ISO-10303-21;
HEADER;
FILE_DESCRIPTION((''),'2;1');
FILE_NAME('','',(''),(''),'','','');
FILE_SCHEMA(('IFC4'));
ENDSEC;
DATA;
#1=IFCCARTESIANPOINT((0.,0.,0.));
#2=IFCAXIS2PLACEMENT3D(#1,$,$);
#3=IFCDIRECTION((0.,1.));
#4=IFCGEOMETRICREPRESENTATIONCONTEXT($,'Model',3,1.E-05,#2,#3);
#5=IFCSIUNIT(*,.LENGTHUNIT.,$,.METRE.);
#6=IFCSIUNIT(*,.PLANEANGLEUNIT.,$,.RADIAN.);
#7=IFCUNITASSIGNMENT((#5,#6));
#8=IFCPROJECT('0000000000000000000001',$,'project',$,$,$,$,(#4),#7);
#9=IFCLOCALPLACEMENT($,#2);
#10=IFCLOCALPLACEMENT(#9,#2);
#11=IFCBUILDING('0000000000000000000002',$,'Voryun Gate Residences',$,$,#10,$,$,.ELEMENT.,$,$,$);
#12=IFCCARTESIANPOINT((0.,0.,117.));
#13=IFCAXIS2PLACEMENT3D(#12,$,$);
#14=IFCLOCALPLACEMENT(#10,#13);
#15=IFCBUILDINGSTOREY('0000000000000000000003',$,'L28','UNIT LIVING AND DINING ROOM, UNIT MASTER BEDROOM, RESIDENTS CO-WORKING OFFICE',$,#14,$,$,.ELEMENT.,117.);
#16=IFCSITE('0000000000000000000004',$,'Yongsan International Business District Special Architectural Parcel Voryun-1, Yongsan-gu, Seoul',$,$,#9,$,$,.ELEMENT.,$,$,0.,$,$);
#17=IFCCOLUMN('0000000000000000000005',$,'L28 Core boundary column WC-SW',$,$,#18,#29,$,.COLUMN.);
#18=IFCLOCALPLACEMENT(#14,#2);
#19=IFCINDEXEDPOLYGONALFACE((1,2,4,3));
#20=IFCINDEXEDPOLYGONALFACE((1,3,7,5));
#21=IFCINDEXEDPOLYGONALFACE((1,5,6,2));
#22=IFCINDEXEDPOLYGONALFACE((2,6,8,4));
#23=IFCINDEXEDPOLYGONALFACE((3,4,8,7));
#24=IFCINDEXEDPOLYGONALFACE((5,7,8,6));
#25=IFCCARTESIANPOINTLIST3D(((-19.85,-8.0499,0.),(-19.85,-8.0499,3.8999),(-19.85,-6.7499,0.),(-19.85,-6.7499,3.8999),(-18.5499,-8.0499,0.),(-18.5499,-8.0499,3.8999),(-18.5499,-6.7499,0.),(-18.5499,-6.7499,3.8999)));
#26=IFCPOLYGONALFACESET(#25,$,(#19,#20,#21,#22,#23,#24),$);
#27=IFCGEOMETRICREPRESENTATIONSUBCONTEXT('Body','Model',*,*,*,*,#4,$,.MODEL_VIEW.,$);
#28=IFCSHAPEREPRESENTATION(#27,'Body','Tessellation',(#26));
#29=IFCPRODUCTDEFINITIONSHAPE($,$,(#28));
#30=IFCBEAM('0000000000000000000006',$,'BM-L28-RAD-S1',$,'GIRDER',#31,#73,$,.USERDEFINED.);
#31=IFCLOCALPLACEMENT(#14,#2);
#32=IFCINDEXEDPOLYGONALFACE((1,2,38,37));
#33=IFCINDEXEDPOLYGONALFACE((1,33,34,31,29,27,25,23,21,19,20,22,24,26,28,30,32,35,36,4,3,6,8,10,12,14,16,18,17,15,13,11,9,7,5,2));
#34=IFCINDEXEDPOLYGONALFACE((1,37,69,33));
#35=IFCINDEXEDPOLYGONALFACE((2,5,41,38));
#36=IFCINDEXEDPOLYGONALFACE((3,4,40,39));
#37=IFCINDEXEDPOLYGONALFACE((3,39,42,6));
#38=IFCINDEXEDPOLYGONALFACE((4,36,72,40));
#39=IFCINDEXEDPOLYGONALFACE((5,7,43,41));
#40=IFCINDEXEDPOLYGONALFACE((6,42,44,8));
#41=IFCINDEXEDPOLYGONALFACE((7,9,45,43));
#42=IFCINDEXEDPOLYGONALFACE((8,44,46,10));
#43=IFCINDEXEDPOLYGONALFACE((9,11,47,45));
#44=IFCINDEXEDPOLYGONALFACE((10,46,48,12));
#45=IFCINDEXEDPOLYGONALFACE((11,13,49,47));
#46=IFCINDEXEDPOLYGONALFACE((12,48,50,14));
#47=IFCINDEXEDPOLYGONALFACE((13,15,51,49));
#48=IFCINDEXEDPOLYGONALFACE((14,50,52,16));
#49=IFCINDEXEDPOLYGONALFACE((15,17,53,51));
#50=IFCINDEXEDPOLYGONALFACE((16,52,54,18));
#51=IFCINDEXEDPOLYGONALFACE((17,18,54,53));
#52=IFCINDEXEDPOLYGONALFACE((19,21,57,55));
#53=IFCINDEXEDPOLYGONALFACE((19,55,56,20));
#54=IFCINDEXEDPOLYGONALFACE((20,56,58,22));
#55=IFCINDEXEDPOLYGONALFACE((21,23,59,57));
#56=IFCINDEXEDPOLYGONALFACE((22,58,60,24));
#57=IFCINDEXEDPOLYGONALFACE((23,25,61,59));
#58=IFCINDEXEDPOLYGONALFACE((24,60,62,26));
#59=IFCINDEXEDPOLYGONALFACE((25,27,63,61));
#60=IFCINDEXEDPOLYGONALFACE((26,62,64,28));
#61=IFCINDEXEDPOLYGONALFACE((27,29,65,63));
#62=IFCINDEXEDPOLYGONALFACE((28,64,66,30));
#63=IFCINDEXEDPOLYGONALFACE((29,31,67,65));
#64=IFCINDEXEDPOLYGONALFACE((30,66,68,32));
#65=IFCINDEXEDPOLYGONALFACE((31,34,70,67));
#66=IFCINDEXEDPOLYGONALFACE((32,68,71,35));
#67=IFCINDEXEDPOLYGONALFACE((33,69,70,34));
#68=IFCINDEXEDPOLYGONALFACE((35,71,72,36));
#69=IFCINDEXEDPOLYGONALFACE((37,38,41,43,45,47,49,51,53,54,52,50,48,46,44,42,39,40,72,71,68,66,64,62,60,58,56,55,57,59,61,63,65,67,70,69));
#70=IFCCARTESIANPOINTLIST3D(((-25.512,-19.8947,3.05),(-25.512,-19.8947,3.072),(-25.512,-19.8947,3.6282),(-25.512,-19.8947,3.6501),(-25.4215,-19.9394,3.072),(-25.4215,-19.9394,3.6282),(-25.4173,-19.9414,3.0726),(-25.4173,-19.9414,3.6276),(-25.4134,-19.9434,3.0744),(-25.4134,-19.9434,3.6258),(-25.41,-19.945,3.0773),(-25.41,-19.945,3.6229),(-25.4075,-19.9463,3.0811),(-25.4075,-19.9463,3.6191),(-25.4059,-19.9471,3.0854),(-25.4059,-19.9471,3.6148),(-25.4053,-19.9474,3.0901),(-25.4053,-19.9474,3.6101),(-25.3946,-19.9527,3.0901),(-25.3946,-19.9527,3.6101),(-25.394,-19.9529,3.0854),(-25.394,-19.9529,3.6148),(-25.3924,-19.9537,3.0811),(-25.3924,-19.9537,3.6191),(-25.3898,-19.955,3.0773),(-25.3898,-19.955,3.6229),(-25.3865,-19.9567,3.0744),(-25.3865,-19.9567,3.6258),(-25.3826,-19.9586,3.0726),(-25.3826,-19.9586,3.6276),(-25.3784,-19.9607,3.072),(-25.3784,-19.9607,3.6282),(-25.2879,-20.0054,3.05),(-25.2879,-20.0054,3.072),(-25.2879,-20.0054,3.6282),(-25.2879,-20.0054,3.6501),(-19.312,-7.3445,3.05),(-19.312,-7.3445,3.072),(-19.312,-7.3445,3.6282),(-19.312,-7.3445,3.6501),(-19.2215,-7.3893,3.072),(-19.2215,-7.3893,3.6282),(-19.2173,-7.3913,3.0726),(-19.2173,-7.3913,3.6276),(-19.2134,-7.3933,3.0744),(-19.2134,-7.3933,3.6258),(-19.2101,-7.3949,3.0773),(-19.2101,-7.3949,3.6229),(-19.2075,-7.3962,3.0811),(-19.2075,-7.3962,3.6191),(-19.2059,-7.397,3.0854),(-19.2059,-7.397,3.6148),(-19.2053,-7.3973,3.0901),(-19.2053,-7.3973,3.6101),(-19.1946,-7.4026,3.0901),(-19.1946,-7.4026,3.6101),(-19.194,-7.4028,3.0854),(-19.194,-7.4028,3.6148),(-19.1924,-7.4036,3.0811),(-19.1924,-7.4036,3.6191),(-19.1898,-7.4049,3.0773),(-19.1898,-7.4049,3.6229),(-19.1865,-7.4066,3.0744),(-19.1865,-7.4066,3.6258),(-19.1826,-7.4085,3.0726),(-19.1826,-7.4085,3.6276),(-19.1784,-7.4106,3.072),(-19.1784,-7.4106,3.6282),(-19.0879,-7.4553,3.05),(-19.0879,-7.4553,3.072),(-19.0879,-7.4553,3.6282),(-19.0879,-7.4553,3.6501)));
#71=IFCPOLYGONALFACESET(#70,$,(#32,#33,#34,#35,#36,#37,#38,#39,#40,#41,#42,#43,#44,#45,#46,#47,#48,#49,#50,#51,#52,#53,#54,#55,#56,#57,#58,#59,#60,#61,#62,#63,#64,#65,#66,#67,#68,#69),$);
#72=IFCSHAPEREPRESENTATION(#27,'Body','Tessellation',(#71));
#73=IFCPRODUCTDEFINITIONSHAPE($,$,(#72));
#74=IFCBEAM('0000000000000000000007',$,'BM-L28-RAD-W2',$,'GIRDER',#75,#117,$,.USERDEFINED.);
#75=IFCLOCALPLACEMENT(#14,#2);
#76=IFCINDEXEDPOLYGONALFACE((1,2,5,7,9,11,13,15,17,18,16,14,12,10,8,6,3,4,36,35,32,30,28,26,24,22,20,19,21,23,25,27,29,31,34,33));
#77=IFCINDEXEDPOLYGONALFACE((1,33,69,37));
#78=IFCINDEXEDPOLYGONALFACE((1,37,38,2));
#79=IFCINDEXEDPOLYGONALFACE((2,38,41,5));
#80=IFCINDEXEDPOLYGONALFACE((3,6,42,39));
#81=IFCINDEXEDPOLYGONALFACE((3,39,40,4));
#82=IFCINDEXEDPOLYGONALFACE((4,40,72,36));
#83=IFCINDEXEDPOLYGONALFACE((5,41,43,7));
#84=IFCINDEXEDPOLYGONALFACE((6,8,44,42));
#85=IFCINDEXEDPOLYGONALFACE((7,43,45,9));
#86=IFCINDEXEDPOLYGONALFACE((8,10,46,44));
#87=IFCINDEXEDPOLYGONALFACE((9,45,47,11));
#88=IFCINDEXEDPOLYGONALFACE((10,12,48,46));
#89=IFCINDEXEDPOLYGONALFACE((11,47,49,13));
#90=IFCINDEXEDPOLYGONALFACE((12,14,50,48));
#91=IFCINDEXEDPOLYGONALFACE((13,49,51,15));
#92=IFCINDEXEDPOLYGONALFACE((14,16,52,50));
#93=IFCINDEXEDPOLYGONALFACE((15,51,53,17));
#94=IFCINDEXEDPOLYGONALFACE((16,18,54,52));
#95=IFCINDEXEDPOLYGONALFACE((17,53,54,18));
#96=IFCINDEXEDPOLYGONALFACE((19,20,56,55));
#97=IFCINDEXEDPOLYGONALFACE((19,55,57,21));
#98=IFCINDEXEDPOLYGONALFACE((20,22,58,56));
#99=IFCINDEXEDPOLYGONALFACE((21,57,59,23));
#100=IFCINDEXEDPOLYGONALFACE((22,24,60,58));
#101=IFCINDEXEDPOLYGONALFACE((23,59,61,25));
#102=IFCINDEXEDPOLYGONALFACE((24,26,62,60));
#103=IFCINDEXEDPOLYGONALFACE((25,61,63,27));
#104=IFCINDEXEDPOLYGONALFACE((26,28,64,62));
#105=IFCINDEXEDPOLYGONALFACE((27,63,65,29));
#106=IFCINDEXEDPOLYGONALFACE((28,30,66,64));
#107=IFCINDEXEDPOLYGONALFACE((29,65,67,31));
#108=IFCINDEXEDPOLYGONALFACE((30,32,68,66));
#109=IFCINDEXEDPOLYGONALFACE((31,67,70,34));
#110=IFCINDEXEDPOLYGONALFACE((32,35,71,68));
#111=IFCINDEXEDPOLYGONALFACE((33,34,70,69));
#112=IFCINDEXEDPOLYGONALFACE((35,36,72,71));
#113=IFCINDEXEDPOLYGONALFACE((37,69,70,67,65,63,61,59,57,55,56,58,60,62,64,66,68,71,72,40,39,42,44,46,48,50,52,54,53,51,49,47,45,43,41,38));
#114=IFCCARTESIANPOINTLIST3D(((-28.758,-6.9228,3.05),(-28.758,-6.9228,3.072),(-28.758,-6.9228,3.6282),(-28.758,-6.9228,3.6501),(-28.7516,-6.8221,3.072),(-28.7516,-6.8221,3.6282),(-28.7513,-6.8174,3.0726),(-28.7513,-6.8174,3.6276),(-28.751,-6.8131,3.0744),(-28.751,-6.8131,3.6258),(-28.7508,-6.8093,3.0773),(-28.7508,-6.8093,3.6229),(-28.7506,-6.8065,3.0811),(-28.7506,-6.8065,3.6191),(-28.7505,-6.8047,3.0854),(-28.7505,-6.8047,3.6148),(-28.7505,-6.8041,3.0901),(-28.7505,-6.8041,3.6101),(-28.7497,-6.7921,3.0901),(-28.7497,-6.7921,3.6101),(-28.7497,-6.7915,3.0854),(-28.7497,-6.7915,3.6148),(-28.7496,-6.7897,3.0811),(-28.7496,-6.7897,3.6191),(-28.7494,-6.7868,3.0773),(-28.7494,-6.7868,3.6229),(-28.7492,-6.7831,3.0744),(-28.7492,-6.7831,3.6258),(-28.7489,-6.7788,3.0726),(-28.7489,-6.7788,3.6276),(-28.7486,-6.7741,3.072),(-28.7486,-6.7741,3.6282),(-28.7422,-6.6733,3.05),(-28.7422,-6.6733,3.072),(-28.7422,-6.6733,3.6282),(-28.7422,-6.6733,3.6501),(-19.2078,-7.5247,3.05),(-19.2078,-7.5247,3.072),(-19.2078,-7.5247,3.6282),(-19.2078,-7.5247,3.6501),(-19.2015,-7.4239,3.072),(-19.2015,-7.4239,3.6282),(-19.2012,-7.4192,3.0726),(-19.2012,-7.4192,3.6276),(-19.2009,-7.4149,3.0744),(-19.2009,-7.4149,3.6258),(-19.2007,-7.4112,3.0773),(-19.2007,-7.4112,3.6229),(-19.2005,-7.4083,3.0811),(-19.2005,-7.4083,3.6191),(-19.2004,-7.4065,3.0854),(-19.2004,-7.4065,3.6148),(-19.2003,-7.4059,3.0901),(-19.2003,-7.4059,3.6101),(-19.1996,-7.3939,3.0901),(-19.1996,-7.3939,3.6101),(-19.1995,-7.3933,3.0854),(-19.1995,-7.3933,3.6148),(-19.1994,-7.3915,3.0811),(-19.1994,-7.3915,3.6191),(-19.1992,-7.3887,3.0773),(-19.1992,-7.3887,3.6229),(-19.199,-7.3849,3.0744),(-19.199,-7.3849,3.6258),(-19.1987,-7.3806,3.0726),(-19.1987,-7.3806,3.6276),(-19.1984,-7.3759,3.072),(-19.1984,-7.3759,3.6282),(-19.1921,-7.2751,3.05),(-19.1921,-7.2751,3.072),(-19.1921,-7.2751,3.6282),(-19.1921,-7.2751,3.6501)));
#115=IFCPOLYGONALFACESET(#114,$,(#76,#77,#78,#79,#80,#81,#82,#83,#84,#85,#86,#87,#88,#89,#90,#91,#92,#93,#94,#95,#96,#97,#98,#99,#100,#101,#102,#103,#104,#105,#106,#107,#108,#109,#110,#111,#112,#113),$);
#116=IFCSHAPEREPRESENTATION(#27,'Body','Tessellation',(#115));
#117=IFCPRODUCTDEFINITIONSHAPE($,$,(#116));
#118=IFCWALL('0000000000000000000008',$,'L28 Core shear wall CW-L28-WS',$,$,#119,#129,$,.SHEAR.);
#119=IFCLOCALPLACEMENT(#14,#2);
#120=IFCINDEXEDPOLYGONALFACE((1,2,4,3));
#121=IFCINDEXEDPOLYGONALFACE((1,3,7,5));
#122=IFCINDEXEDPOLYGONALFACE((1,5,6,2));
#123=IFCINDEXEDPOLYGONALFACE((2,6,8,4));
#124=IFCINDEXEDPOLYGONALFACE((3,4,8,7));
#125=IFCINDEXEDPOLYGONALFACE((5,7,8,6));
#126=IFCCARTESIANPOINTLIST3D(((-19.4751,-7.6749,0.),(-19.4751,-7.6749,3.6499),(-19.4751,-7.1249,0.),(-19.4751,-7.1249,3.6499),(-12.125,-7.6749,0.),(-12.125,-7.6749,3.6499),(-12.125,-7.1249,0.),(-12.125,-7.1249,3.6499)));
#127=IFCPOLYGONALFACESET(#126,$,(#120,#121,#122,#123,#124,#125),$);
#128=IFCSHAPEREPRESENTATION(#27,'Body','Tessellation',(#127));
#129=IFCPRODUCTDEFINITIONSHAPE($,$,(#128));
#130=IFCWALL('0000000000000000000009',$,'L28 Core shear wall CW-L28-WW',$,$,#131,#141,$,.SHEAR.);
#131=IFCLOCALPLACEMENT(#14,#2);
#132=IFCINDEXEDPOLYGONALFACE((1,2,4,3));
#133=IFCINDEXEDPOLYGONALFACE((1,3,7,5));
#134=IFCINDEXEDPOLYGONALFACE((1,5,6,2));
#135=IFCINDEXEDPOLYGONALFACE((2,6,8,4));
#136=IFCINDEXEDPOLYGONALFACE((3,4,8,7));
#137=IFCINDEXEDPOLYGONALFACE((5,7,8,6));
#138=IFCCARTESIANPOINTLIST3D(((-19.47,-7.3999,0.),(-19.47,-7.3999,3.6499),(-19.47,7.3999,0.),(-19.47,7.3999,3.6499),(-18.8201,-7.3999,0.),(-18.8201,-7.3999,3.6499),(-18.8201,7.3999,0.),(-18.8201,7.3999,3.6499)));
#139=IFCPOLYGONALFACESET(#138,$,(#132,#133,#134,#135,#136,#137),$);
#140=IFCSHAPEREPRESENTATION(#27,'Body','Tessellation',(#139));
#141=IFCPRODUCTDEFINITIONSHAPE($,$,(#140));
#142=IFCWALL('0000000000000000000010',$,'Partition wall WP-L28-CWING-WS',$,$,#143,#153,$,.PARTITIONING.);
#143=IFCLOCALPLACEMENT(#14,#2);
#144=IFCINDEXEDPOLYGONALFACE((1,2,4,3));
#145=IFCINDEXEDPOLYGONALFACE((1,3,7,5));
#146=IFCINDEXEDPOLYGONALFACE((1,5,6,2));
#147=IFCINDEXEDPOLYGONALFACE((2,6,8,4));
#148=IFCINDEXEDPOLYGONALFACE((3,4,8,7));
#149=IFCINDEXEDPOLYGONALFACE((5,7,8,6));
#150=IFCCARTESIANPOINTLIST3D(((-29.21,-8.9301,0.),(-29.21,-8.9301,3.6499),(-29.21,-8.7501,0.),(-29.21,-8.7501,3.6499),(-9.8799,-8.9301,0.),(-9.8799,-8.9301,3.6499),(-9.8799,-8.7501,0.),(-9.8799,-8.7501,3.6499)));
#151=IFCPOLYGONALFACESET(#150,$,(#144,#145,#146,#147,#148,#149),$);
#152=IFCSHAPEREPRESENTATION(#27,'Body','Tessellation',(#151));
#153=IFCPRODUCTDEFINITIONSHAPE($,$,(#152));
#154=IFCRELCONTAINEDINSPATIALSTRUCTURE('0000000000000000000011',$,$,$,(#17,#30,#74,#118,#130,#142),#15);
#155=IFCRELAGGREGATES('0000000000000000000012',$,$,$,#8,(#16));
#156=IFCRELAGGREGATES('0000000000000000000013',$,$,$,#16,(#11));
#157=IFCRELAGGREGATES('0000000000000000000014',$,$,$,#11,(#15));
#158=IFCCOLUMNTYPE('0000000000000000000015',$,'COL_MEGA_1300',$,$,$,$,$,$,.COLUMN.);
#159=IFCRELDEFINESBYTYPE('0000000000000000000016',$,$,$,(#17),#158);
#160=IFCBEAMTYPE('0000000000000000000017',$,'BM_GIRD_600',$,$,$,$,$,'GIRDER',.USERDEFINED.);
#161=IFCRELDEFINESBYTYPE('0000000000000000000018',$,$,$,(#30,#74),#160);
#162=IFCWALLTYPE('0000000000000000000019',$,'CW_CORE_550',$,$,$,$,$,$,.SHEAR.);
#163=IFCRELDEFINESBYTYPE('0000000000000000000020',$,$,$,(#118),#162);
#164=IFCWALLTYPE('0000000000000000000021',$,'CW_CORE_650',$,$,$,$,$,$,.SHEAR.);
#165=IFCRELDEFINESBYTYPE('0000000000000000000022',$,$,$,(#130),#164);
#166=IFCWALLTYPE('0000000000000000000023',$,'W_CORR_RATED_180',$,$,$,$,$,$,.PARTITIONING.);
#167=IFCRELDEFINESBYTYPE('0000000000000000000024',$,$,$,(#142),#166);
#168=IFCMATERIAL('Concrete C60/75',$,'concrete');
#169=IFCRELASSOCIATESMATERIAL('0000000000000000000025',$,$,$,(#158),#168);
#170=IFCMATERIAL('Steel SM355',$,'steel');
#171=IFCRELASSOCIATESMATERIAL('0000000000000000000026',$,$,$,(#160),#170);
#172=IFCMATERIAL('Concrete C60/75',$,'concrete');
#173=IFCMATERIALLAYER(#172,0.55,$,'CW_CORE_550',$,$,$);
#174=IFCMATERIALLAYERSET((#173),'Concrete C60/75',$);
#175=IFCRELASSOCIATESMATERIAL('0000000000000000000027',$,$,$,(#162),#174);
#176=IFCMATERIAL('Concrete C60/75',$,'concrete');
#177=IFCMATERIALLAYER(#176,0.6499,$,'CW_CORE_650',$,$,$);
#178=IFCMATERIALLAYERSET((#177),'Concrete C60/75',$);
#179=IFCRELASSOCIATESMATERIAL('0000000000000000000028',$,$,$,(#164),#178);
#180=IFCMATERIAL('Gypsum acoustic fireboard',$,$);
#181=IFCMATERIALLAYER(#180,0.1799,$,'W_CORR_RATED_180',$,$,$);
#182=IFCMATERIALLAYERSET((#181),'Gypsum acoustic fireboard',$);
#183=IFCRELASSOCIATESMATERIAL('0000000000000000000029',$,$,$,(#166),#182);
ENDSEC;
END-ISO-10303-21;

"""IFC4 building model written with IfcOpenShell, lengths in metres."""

from ifc_helpers import new_model, si_unit, direction, frame, frame_2d, origin, origin_2d, place, context, subcontext, project, spatial, rectangle, i_section, extrude, material, layer, layer_set, material_profile, profile_set, type_object, element, save


model = new_model("IFC4")

# Units and contexts
model_context = context("Model", 3, precision=1e-05, world=origin(), true_north=direction((0.0, 1.0)))
body_context = subcontext(model_context, "Body", "Model", "MODEL_VIEW")
ifc_project = project(units=[si_unit("LENGTHUNIT", "METRE"), si_unit("PLANEANGLEUNIT", "RADIAN")], contexts=[model_context])

# Site, building, storey
site_placement = place(None, origin())
site = spatial("IfcSite", under=ifc_project, at=site_placement, Name="Yongsan International Business District Special Architectural Parcel Voryun-1, Yongsan-gu, Seoul", CompositionType="ELEMENT", RefElevation=0.0)
building_placement = place(site_placement, origin())
building = spatial("IfcBuilding", under=site, at=building_placement, Name="Voryun Gate Residences", CompositionType="ELEMENT")
storey_placement = place(building_placement, frame((0.0, 0.0, 117.0)))
storey = spatial("IfcBuildingStorey", under=building, at=storey_placement, Name="L28", Description="UNIT LIVING AND DINING ROOM, UNIT MASTER BEDROOM, RESIDENTS CO-WORKING OFFICE", CompositionType="ELEMENT", Elevation=117.0)

# Column
ifc_material_1 = material(Name="Concrete C60/75", Category="concrete")
ifc_material_profile_1 = material_profile(ifc_material_1, rectangle(XDim=1.3, YDim=1.3, at=origin_2d()), Name="RC-1300x1300")
ifc_profile_set_1 = profile_set([ifc_material_profile_1], Name="Concrete C60/75")
column_type = type_object("IfcColumnType", Name="COL_MEGA_1300", PredefinedType="COLUMN", material=ifc_profile_set_1)
column_placement = place(storey_placement, frame((-19.2, -7.3999, 0.0), z_axis=(0.0, 0.0, 1.0), x_axis=(1.0, 0.0, 0.0)))
element("IfcColumn", 1, at=column_placement, inside=storey, type_object=column_type, Name="L28 Core boundary column WC-SW", PredefinedType="COLUMN", context=body_context, shape_type="SweptSolid", body=[
    extrude(rectangle(XDim=1.3, YDim=1.3, at=origin_2d()), origin(), (0.0, 0.0, 1.0), 3.8999),
])

# Beams
ifc_material_2 = material(Name="Steel SM355", Category="steel")
ifc_material_profile_2 = material_profile(ifc_material_2, i_section(OverallWidth=0.25, OverallDepth=0.6001, WebThickness=0.012, FlangeThickness=0.022, FilletRadius=0.0181, at=origin_2d()), Name="H-600x250x12x22")
ifc_profile_set_2 = profile_set([ifc_material_profile_2], Name="Steel SM355")
beam_type = type_object("IfcBeamType", Name="BM_GIRD_600", ElementType="GIRDER", PredefinedType="USERDEFINED", material=ifc_profile_set_2)
beam_1_placement = place(storey_placement, frame((-19.2, -7.3999, 3.3501), z_axis=(-0.442918, -0.896562, 0.0), x_axis=(0.896562, -0.442918, 0.0)))
element("IfcBeam", 2, at=beam_1_placement, inside=storey, type_object=beam_type, Name="BM-L28-RAD-S1", ObjectType="GIRDER", PredefinedType="USERDEFINED", context=body_context, shape_type="SweptSolid", body=[
    extrude(i_section(OverallWidth=0.25, OverallDepth=0.6001, WebThickness=0.012, FlangeThickness=0.022, FilletRadius=0.0181, at=origin_2d()), origin(), (0.0, 0.0, 1.0), 13.998),
])
beam_2_placement = place(storey_placement, frame((-19.2, -7.3999, 3.3501), z_axis=(-0.99802, 0.062891, 0.0), x_axis=(-0.062891, -0.99802, 0.0)))
element("IfcBeam", 3, at=beam_2_placement, inside=storey, type_object=beam_type, Name="BM-L28-RAD-W2", ObjectType="GIRDER", PredefinedType="USERDEFINED", context=body_context, shape_type="SweptSolid", body=[
    extrude(i_section(OverallWidth=0.25, OverallDepth=0.6001, WebThickness=0.012, FlangeThickness=0.022, FilletRadius=0.0181, at=origin_2d()), origin(), (0.0, 0.0, 1.0), 9.5691),
])

# Walls
ifc_material_3 = material(Name="Concrete C60/75", Category="concrete")
ifc_layer_1 = layer(ifc_material_3, 0.55, Name="CW_CORE_550")
ifc_layer_set_1 = layer_set([ifc_layer_1], Name="Concrete C60/75")
wall_type_1 = type_object("IfcWallType", Name="CW_CORE_550", PredefinedType="SHEAR", material=ifc_layer_set_1)
wall_1_placement = place(storey_placement, frame((-19.4751, -7.3999, 0.0), z_axis=(0.0, 0.0, 1.0), x_axis=(1.0, 0.0, 0.0)))
element("IfcWall", 4, at=wall_1_placement, inside=storey, type_object=wall_type_1, Name="L28 Core shear wall CW-L28-WS", PredefinedType="SHEAR", context=body_context, shape_type="SweptSolid", body=[
    extrude(rectangle(XDim=7.3501, YDim=0.55, at=frame_2d((3.675, 0.0))), origin(), (0.0, 0.0, 1.0), 3.6499),
])
ifc_material_4 = material(Name="Concrete C60/75", Category="concrete")
ifc_layer_2 = layer(ifc_material_4, 0.6499, Name="CW_CORE_650")
ifc_layer_set_2 = layer_set([ifc_layer_2], Name="Concrete C60/75")
wall_type_2 = type_object("IfcWallType", Name="CW_CORE_650", PredefinedType="SHEAR", material=ifc_layer_set_2)
wall_2_placement = place(storey_placement, frame((-19.145, -7.3999, 0.0), z_axis=(0.0, 0.0, 1.0), x_axis=(0.0, 1.0, 0.0)))
element("IfcWall", 5, at=wall_2_placement, inside=storey, type_object=wall_type_2, Name="L28 Core shear wall CW-L28-WW", PredefinedType="SHEAR", context=body_context, shape_type="SweptSolid", body=[
    extrude(rectangle(XDim=14.7998, YDim=0.6499, at=frame_2d((7.3999, 0.0))), origin(), (0.0, 0.0, 1.0), 3.6499),
])
ifc_material_5 = material(Name="Gypsum acoustic fireboard")
ifc_layer_3 = layer(ifc_material_5, 0.1799, Name="W_CORR_RATED_180")
ifc_layer_set_3 = layer_set([ifc_layer_3], Name="Gypsum acoustic fireboard")
wall_type_3 = type_object("IfcWallType", Name="W_CORR_RATED_180", PredefinedType="PARTITIONING", material=ifc_layer_set_3)
wall_3_placement = place(storey_placement, frame((-29.21, -8.8401, 0.0), z_axis=(0.0, 0.0, 1.0), x_axis=(1.0, 0.0, 0.0)))
element("IfcWall", 6, at=wall_3_placement, inside=storey, type_object=wall_type_3, Name="Partition wall WP-L28-CWING-WS", PredefinedType="PARTITIONING", context=body_context, shape_type="SweptSolid", body=[
    extrude(rectangle(XDim=19.3301, YDim=0.1799, at=frame_2d((9.665, 0.0))), origin(), (0.0, 0.0, 1.0), 3.6499),
])

save(model, "model.ifc")
